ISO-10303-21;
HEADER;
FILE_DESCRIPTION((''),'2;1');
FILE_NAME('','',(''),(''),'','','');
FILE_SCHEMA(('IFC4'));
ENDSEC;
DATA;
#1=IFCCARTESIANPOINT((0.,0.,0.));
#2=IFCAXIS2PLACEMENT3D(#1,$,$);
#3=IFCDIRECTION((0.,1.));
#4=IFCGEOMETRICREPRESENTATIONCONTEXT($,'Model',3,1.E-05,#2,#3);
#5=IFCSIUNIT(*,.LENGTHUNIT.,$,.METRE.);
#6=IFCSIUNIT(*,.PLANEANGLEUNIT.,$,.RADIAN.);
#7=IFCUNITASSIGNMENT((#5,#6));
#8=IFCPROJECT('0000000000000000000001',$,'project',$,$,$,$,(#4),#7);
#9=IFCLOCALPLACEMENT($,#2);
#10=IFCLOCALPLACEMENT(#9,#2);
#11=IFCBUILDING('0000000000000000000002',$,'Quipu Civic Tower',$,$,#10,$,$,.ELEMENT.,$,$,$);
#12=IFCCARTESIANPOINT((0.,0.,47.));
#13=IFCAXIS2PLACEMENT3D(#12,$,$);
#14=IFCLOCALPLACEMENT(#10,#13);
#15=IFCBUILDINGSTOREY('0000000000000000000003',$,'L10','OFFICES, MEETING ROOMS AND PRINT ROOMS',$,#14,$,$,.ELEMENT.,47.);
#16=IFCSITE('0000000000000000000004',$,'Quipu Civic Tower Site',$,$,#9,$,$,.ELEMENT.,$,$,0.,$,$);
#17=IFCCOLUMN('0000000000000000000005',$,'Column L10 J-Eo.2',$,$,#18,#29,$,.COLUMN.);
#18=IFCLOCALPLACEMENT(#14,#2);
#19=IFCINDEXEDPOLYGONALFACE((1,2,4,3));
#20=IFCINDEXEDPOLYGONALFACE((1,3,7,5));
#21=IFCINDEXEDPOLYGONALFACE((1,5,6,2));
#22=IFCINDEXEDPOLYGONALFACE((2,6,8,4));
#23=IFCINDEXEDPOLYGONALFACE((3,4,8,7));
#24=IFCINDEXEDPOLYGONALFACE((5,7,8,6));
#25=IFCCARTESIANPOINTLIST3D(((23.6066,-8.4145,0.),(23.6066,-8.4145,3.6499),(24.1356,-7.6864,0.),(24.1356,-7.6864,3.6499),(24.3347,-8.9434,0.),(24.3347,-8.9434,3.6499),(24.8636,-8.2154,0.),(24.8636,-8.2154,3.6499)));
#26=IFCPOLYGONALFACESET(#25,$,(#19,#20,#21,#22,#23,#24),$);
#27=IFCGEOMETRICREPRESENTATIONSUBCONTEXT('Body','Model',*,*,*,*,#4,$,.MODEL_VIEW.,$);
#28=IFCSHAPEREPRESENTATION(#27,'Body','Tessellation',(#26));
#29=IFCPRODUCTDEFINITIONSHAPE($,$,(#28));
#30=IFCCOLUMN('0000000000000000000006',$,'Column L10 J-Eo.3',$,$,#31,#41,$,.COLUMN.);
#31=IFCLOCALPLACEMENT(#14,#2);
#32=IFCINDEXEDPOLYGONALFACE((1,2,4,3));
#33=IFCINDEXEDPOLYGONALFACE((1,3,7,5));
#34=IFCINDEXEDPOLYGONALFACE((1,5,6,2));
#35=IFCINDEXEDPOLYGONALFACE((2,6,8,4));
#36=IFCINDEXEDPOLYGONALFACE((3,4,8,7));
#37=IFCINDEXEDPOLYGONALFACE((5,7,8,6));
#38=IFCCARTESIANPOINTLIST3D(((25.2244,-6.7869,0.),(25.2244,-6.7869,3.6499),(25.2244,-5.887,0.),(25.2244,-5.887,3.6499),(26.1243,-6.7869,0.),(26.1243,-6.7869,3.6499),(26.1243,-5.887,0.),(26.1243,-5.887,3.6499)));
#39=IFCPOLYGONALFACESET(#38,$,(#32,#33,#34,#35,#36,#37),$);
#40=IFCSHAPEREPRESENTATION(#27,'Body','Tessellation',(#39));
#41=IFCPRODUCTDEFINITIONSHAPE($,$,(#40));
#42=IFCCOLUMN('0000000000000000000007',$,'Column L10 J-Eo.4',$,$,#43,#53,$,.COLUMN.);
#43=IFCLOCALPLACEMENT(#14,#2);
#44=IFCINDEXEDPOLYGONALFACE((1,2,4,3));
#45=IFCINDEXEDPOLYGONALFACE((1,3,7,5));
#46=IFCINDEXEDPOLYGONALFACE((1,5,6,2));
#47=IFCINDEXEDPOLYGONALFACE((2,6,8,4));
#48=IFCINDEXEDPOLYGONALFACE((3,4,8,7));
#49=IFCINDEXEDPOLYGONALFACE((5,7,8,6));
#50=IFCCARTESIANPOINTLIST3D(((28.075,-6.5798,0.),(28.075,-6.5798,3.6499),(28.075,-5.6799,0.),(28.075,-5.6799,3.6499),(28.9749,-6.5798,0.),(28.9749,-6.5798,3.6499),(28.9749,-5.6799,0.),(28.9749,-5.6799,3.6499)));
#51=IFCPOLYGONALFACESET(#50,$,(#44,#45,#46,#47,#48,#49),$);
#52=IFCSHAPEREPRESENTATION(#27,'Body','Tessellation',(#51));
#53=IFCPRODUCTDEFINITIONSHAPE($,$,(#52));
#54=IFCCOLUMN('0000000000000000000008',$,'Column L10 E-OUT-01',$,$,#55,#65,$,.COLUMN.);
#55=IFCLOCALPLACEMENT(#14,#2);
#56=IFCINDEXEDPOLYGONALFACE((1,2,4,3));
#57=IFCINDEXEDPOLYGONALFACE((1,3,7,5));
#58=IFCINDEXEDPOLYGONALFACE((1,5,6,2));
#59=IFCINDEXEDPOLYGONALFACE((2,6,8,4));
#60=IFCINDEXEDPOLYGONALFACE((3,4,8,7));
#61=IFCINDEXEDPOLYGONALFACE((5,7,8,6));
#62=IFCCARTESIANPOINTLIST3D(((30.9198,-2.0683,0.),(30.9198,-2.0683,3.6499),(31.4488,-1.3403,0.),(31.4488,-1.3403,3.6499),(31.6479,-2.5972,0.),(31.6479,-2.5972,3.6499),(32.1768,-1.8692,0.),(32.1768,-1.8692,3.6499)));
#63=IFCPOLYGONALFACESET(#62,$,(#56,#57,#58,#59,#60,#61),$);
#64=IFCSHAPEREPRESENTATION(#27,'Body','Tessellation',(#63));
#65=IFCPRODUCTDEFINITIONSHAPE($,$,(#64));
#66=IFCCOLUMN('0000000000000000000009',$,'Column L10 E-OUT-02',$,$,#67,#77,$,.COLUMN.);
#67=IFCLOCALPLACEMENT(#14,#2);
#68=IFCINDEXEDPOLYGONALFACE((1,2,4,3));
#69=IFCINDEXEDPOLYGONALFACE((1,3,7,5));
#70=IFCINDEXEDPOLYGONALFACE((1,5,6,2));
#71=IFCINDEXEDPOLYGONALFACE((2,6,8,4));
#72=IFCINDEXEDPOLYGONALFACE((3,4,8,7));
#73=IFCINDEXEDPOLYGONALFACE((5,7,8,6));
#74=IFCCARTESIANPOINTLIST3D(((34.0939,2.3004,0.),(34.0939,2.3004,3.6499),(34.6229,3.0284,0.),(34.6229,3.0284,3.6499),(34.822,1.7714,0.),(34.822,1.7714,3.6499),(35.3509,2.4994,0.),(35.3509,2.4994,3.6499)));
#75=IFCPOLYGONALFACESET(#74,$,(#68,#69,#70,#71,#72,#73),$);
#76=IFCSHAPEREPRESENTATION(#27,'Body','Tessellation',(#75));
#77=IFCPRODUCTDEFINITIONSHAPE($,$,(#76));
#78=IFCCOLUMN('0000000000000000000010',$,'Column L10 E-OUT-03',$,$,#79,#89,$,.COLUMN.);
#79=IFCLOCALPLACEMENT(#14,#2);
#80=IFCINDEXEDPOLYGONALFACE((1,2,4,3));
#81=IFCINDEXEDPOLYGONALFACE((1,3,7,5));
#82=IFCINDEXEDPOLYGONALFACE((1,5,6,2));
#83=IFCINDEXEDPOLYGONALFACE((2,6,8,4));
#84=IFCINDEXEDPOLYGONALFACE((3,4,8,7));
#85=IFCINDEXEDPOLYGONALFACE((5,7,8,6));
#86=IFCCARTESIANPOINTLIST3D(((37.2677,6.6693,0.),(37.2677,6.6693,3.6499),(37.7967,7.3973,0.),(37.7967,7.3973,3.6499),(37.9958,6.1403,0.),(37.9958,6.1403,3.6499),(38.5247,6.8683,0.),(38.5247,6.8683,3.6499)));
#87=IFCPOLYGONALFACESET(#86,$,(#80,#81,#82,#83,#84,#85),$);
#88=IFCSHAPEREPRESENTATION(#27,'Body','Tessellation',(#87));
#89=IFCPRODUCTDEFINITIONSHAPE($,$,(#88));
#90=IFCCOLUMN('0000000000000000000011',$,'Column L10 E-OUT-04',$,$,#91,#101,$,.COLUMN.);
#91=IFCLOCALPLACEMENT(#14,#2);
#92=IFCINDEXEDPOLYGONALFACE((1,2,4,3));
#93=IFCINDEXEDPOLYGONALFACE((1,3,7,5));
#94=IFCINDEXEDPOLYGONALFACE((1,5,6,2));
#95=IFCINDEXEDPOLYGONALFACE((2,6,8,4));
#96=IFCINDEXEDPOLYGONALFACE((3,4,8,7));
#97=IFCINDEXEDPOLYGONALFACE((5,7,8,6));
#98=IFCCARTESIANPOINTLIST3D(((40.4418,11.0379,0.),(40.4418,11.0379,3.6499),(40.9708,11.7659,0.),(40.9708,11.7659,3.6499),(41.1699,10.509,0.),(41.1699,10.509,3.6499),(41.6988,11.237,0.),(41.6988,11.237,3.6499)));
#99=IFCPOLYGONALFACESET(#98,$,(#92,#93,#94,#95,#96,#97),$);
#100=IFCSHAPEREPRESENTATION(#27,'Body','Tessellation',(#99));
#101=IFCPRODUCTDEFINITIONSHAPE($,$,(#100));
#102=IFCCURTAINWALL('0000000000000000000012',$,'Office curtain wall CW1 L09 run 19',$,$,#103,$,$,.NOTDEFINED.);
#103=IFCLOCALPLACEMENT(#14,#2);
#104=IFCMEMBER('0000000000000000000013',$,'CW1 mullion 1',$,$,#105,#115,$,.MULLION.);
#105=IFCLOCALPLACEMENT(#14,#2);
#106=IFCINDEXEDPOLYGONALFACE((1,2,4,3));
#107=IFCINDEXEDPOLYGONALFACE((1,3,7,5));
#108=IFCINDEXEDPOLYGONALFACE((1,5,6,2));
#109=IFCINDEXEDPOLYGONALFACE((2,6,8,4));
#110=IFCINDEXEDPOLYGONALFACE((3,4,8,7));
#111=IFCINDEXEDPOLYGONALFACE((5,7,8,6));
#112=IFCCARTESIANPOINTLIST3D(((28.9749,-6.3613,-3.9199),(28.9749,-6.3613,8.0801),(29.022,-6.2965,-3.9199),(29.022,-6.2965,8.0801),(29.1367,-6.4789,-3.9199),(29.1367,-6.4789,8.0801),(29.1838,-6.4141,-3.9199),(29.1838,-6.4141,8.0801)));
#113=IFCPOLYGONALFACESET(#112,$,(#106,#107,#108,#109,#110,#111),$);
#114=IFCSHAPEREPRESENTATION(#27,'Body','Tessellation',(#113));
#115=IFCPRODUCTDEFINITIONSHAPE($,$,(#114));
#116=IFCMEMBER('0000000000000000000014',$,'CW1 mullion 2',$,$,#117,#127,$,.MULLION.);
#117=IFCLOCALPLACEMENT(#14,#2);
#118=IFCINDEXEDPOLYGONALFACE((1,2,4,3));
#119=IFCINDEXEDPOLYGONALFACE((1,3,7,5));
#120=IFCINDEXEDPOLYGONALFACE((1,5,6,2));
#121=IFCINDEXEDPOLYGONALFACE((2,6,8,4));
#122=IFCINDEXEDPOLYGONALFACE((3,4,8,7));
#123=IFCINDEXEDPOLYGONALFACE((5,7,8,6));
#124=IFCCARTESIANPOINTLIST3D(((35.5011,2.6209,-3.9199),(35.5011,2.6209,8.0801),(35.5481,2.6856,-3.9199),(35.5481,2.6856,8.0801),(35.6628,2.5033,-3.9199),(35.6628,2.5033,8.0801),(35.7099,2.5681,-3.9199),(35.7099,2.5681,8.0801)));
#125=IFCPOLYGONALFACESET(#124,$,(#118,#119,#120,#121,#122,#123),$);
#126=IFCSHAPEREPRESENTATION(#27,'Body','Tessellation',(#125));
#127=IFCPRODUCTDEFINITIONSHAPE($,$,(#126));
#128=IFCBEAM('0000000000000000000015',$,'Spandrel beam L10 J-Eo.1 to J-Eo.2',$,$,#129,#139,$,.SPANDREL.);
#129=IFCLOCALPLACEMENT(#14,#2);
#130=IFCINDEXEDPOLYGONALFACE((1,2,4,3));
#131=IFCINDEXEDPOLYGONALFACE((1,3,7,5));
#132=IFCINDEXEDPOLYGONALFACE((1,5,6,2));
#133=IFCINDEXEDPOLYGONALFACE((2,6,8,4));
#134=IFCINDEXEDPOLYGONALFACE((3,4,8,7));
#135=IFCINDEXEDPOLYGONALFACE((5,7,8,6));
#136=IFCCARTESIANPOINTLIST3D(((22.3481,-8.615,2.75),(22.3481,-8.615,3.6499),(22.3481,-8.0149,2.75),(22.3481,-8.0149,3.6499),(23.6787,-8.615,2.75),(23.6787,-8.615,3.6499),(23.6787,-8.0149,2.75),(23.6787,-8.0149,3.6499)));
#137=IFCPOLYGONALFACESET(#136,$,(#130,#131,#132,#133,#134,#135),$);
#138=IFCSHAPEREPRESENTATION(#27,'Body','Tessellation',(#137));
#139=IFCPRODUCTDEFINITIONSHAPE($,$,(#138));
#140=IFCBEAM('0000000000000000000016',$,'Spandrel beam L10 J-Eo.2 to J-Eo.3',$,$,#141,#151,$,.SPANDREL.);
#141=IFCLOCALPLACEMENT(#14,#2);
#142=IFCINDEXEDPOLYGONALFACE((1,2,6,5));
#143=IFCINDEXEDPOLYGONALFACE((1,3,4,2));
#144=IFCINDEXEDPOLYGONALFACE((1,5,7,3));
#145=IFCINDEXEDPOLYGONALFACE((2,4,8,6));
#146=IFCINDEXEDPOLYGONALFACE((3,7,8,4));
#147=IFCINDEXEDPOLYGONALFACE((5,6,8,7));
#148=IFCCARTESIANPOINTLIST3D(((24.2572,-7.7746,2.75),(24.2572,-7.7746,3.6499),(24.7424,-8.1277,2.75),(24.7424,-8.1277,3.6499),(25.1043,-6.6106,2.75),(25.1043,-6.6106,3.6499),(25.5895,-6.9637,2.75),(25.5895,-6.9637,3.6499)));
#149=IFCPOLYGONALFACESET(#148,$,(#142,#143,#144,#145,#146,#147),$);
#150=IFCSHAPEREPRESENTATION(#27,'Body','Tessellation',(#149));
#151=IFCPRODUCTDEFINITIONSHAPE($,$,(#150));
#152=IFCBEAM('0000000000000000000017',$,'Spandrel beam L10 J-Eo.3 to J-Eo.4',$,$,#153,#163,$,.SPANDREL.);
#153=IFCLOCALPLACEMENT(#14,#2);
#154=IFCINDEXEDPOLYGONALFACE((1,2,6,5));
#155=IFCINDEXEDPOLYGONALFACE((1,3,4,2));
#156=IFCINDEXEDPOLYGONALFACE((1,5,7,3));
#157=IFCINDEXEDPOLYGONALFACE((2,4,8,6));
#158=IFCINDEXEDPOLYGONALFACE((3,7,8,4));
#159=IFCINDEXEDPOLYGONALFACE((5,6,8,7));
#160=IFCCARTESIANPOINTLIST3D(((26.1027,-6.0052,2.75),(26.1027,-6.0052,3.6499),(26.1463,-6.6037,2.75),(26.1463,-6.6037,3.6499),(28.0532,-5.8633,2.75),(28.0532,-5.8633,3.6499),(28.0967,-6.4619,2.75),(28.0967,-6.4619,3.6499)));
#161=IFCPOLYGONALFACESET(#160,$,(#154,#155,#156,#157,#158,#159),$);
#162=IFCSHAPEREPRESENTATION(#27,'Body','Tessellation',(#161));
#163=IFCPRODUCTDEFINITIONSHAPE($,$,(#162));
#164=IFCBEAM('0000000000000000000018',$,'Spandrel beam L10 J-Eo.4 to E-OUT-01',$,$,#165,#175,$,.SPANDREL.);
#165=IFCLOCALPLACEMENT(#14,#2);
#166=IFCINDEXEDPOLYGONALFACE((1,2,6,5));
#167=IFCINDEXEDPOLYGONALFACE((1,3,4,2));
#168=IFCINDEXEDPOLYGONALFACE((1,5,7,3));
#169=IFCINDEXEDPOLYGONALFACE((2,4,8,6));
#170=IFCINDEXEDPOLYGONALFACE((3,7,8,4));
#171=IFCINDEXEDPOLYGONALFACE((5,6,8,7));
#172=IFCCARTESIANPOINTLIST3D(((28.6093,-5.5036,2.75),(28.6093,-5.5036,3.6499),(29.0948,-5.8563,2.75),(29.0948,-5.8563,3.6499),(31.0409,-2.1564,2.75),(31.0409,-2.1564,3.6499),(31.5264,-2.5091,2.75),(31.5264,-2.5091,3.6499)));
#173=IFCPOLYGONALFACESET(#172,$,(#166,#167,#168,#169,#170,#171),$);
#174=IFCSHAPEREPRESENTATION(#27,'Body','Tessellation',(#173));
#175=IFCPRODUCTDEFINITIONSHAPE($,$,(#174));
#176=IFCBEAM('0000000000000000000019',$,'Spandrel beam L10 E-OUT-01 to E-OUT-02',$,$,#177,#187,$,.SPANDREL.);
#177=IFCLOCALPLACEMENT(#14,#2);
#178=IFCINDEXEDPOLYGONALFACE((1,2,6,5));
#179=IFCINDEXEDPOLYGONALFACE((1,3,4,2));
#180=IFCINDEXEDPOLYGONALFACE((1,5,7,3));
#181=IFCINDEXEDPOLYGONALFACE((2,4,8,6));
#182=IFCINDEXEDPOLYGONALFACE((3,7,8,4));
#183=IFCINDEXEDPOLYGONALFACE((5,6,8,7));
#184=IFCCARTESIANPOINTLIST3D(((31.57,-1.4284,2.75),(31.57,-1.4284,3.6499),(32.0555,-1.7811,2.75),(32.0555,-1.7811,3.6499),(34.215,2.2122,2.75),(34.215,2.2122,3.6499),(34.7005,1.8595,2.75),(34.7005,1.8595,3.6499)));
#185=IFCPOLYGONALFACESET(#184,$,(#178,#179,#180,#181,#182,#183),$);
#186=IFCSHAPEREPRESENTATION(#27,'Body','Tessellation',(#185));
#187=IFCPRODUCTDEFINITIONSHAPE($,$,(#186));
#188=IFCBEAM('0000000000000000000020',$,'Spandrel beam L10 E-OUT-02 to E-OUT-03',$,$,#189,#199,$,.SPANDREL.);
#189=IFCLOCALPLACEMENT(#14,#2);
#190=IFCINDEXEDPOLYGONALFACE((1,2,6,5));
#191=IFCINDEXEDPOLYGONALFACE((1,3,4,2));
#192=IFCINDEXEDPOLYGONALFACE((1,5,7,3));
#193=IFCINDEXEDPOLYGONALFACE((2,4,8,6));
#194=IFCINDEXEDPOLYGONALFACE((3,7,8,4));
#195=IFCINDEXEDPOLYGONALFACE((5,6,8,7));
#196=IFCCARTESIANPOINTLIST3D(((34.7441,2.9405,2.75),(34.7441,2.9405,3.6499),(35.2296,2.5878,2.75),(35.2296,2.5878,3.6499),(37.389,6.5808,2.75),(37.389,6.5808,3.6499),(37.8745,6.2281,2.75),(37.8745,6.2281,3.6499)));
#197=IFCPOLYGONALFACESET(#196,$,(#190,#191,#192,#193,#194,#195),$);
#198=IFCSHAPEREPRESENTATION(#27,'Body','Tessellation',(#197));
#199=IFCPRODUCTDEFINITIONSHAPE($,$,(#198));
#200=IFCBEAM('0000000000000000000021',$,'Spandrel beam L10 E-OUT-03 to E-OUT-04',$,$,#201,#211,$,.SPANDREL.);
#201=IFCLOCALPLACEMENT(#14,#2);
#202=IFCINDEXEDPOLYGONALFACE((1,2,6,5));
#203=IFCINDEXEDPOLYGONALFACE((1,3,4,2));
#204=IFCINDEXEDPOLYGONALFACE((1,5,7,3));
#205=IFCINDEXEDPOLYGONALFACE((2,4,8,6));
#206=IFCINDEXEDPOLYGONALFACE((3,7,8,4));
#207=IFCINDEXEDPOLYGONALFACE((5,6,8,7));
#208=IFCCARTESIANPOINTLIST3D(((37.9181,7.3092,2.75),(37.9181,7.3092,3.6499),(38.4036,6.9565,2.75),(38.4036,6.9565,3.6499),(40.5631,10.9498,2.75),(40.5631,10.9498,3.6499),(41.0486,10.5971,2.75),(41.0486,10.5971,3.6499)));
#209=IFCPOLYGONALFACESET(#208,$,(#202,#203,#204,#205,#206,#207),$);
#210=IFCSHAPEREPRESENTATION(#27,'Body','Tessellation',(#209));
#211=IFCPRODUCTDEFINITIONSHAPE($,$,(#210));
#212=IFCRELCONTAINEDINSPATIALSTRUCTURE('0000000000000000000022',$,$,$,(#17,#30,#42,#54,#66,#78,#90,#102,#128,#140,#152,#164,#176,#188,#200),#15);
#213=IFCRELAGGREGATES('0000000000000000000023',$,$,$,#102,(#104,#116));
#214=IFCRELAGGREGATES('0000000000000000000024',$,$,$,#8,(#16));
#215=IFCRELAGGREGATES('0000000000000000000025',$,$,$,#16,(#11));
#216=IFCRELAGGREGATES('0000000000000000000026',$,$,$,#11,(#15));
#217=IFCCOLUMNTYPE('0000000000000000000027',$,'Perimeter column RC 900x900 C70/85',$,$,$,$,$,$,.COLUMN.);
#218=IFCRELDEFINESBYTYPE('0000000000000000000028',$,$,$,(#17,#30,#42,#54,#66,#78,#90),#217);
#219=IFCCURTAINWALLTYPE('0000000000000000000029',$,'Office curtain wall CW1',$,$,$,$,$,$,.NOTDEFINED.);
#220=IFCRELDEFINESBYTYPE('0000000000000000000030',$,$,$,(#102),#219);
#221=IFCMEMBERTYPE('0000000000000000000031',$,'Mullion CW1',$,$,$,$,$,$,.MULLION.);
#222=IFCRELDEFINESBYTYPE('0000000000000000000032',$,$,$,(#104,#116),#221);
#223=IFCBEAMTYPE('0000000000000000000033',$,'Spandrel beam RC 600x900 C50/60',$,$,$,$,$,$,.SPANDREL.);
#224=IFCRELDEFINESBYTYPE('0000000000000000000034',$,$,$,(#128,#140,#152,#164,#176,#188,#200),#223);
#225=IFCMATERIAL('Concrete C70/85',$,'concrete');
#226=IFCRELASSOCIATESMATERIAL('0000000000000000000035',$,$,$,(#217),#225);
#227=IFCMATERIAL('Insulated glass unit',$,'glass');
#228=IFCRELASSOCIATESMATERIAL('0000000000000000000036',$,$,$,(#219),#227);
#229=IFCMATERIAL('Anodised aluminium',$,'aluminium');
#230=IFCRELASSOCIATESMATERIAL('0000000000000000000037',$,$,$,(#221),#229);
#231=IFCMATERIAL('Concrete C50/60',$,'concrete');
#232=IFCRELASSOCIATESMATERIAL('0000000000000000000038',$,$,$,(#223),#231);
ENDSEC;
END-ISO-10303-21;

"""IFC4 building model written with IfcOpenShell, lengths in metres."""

from ifc_helpers import new_model, si_unit, direction, frame, origin, origin_2d, place, context, subcontext, project, spatial, rectangle, extrude, material, material_profile, profile_set, type_object, element, aggregate, save


model = new_model("IFC4")

# Units and contexts
model_context = context("Model", 3, precision=1e-05, world=origin(), true_north=direction((0.0, 1.0)))
body_context = subcontext(model_context, "Body", "Model", "MODEL_VIEW")
ifc_project = project(units=[si_unit("LENGTHUNIT", "METRE"), si_unit("PLANEANGLEUNIT", "RADIAN")], contexts=[model_context])

# Site, building, storey
site_placement = place(None, origin())
site = spatial("IfcSite", under=ifc_project, at=site_placement, Name="Quipu Civic Tower Site", CompositionType="ELEMENT", RefElevation=0.0)
building_placement = place(site_placement, origin())
building = spatial("IfcBuilding", under=site, at=building_placement, Name="Quipu Civic Tower", CompositionType="ELEMENT")
storey_placement = place(building_placement, frame((0.0, 0.0, 47.0)))
storey = spatial("IfcBuildingStorey", under=building, at=storey_placement, Name="L10", Description="OFFICES, MEETING ROOMS AND PRINT ROOMS", CompositionType="ELEMENT", Elevation=47.0)

# Columns
ifc_material_1 = material(Name="Concrete C70/85", Category="concrete")
ifc_material_profile_1 = material_profile(ifc_material_1, rectangle(XDim=0.8999, YDim=0.8999, at=origin_2d()), Name="RC900x900")
ifc_profile_set_1 = profile_set([ifc_material_profile_1], Name="Concrete C70/85")
column_type = type_object("IfcColumnType", Name="Perimeter column RC 900x900 C70/85", PredefinedType="COLUMN", material=ifc_profile_set_1)
for number, where, z_axis, x_axis, name in (
    (1, (24.2351, -8.3149, 0.0), (0.0, 0.0, 1.0), (0.587785, 0.809017, 0.0), "Column L10 J-Eo.2"),
    (2, (25.6743, -6.3369, 0.0), (0.0, 0.0, 1.0), (1.0, 0.0, 0.0), "Column L10 J-Eo.3"),
    (3, (28.5249, -6.1299, 0.0), (0.0, 0.0, 1.0), (1.0, 0.0, 0.0), "Column L10 J-Eo.4"),
    (4, (31.5483, -1.9688, 0.0), (0.0, 0.0, 1.0), (0.587785, 0.809017, 0.0), "Column L10 E-OUT-01"),
    (5, (34.7224, 2.3999, 0.0), (0.0, 0.0, 1.0), (0.587785, 0.809017, 0.0), "Column L10 E-OUT-02"),
    (6, (37.8962, 6.7688, 0.0), (0.0, 0.0, 1.0), (0.587785, 0.809017, 0.0), "Column L10 E-OUT-03"),
    (7, (41.0703, 11.1375, 0.0), (0.0, 0.0, 1.0), (0.587785, 0.809017, 0.0), "Column L10 E-OUT-04"),
):
    element("IfcColumn", number, at=place(storey_placement, frame(where, z_axis=z_axis, x_axis=x_axis)), inside=storey, type_object=column_type, Name=name, PredefinedType="COLUMN", context=body_context, shape_type="SweptSolid", body=[
        extrude(rectangle(XDim=0.8999, YDim=0.8999, at=origin_2d()), origin(), (0.0, 0.0, 1.0), 3.6499),
    ])

# Curtain wall, members
ifc_material_2 = material(Name="Insulated glass unit", Category="glass")
curtain_wall_type = type_object("IfcCurtainWallType", Name="Office curtain wall CW1", PredefinedType="NOTDEFINED", material=ifc_material_2)
curtain_wall_placement = place(storey_placement, origin())
curtain_wall = element("IfcCurtainWall", 8, at=curtain_wall_placement, inside=storey, type_object=curtain_wall_type, Name="Office curtain wall CW1 L09 run 19", PredefinedType="NOTDEFINED")
ifc_material_3 = material(Name="Anodised aluminium", Category="aluminium")
ifc_material_profile_2 = material_profile(ifc_material_3, rectangle(XDim=0.2, YDim=0.0801, at=origin_2d()), Name="RECT 200x80")
ifc_profile_set_2 = profile_set([ifc_material_profile_2], Name="Anodised aluminium")
member_type_1 = type_object("IfcMemberType", Name="Mullion CW1", PredefinedType="MULLION", material=ifc_profile_set_2)
member_1_placement = place(storey_placement, frame((29.0793, -6.3877, -3.9199), z_axis=(0.0, 0.0, 1.0), x_axis=(-0.809017, 0.587786, 0.0)))
member_1 = element("IfcMember", 9, at=member_1_placement, type_object=member_type_1, Name="CW1 mullion 1", PredefinedType="MULLION", context=body_context, shape_type="SweptSolid", body=[
    extrude(rectangle(XDim=0.2, YDim=0.0801, at=origin_2d()), origin(), (0.0, 0.0, 1.0), 12.0),
])
member_2_placement = place(storey_placement, frame((35.6055, 2.5945, -3.9199), z_axis=(0.0, 0.0, 1.0), x_axis=(-0.809017, 0.587786, 0.0)))
member_2 = element("IfcMember", 10, at=member_2_placement, type_object=member_type_1, Name="CW1 mullion 2", PredefinedType="MULLION", context=body_context, shape_type="SweptSolid", body=[
    extrude(rectangle(XDim=0.2, YDim=0.0801, at=origin_2d()), origin(), (0.0, 0.0, 1.0), 12.0),
])

# Beams
ifc_material_4 = material(Name="Concrete C50/60", Category="concrete")
ifc_material_profile_3 = material_profile(ifc_material_4, rectangle(XDim=0.6001, YDim=0.8999, at=origin_2d()), Name="RC600x900")
ifc_profile_set_3 = profile_set([ifc_material_profile_3], Name="Concrete C50/60")
beam_type = type_object("IfcBeamType", Name="Spandrel beam RC 600x900 C50/60", PredefinedType="SPANDREL", material=ifc_profile_set_3)
beam_1_placement = place(storey_placement, frame((22.3481, -8.3149, 3.2), z_axis=(1.0, 0.0, 0.0), x_axis=(0.0, 1.0, 0.0)))
element("IfcBeam", 11, at=beam_1_placement, inside=storey, type_object=beam_type, Name="Spandrel beam L10 J-Eo.1 to J-Eo.2", PredefinedType="SPANDREL", context=body_context, shape_type="SweptSolid", body=[
    extrude(rectangle(XDim=0.6001, YDim=0.8999, at=origin_2d()), origin(), (0.0, 0.0, 1.0), 1.3306),
])
beam_2_placement = place(storey_placement, frame((24.4998, -7.9512, 3.2), z_axis=(0.588434, 0.808545, 0.0), x_axis=(-0.808545, 0.588434, 0.0)))
element("IfcBeam", 12, at=beam_2_placement, inside=storey, type_object=beam_type, Name="Spandrel beam L10 J-Eo.2 to J-Eo.3", PredefinedType="SPANDREL", context=body_context, shape_type="SweptSolid", body=[
    extrude(rectangle(XDim=0.6001, YDim=0.8999, at=origin_2d()), origin(), (0.0, 0.0, 1.0), 1.4397),
])
beam_3_placement = place(storey_placement, frame((26.1245, -6.3044, 3.2), z_axis=(0.997366, 0.072533, 0.0), x_axis=(-0.072533, 0.997366, 0.0)))
element("IfcBeam", 13, at=beam_3_placement, inside=storey, type_object=beam_type, Name="Spandrel beam L10 J-Eo.3 to J-Eo.4", PredefinedType="SPANDREL", context=body_context, shape_type="SweptSolid", body=[
    extrude(rectangle(XDim=0.6001, YDim=0.8999, at=origin_2d()), origin(), (0.0, 0.0, 1.0), 1.9556),
])
beam_4_placement = place(storey_placement, frame((28.8521, -5.6799, 3.2), z_axis=(0.587751, 0.809042, 0.0), x_axis=(-0.809042, 0.587751, 0.0)))
element("IfcBeam", 14, at=beam_4_placement, inside=storey, type_object=beam_type, Name="Spandrel beam L10 J-Eo.4 to E-OUT-01", PredefinedType="SPANDREL", context=body_context, shape_type="SweptSolid", body=[
    extrude(rectangle(XDim=0.6001, YDim=0.8999, at=origin_2d()), origin(), (0.0, 0.0, 1.0), 4.1372),
])
beam_5_placement = place(storey_placement, frame((31.8127, -1.6047, 3.2), z_axis=(0.587778, 0.809022, 0.0), x_axis=(-0.809022, 0.587778, 0.0)))
element("IfcBeam", 15, at=beam_5_placement, inside=storey, type_object=beam_type, Name="Spandrel beam L10 E-OUT-01 to E-OUT-02", PredefinedType="SPANDREL", context=body_context, shape_type="SweptSolid", body=[
    extrude(rectangle(XDim=0.6001, YDim=0.8999, at=origin_2d()), origin(), (0.0, 0.0, 1.0), 4.5),
])
beam_6_placement = place(storey_placement, frame((34.9868, 2.7642, 3.2), z_axis=(0.587804, 0.809003, 0.0), x_axis=(-0.809003, 0.587804, 0.0)))
element("IfcBeam", 16, at=beam_6_placement, inside=storey, type_object=beam_type, Name="Spandrel beam L10 E-OUT-02 to E-OUT-03", PredefinedType="SPANDREL", context=body_context, shape_type="SweptSolid", body=[
    extrude(rectangle(XDim=0.6001, YDim=0.8999, at=origin_2d()), origin(), (0.0, 0.0, 1.0), 4.4998),
])
beam_7_placement = place(storey_placement, frame((38.1609, 7.1328, 3.2), z_axis=(0.587778, 0.809022, 0.0), x_axis=(-0.809022, 0.587778, 0.0)))
element("IfcBeam", 17, at=beam_7_placement, inside=storey, type_object=beam_type, Name="Spandrel beam L10 E-OUT-03 to E-OUT-04", PredefinedType="SPANDREL", context=body_context, shape_type="SweptSolid", body=[
    extrude(rectangle(XDim=0.6001, YDim=0.8999, at=origin_2d()), origin(), (0.0, 0.0, 1.0), 4.5),
])

aggregate(curtain_wall, [member_1, member_2])

save(model, "model.ifc")
